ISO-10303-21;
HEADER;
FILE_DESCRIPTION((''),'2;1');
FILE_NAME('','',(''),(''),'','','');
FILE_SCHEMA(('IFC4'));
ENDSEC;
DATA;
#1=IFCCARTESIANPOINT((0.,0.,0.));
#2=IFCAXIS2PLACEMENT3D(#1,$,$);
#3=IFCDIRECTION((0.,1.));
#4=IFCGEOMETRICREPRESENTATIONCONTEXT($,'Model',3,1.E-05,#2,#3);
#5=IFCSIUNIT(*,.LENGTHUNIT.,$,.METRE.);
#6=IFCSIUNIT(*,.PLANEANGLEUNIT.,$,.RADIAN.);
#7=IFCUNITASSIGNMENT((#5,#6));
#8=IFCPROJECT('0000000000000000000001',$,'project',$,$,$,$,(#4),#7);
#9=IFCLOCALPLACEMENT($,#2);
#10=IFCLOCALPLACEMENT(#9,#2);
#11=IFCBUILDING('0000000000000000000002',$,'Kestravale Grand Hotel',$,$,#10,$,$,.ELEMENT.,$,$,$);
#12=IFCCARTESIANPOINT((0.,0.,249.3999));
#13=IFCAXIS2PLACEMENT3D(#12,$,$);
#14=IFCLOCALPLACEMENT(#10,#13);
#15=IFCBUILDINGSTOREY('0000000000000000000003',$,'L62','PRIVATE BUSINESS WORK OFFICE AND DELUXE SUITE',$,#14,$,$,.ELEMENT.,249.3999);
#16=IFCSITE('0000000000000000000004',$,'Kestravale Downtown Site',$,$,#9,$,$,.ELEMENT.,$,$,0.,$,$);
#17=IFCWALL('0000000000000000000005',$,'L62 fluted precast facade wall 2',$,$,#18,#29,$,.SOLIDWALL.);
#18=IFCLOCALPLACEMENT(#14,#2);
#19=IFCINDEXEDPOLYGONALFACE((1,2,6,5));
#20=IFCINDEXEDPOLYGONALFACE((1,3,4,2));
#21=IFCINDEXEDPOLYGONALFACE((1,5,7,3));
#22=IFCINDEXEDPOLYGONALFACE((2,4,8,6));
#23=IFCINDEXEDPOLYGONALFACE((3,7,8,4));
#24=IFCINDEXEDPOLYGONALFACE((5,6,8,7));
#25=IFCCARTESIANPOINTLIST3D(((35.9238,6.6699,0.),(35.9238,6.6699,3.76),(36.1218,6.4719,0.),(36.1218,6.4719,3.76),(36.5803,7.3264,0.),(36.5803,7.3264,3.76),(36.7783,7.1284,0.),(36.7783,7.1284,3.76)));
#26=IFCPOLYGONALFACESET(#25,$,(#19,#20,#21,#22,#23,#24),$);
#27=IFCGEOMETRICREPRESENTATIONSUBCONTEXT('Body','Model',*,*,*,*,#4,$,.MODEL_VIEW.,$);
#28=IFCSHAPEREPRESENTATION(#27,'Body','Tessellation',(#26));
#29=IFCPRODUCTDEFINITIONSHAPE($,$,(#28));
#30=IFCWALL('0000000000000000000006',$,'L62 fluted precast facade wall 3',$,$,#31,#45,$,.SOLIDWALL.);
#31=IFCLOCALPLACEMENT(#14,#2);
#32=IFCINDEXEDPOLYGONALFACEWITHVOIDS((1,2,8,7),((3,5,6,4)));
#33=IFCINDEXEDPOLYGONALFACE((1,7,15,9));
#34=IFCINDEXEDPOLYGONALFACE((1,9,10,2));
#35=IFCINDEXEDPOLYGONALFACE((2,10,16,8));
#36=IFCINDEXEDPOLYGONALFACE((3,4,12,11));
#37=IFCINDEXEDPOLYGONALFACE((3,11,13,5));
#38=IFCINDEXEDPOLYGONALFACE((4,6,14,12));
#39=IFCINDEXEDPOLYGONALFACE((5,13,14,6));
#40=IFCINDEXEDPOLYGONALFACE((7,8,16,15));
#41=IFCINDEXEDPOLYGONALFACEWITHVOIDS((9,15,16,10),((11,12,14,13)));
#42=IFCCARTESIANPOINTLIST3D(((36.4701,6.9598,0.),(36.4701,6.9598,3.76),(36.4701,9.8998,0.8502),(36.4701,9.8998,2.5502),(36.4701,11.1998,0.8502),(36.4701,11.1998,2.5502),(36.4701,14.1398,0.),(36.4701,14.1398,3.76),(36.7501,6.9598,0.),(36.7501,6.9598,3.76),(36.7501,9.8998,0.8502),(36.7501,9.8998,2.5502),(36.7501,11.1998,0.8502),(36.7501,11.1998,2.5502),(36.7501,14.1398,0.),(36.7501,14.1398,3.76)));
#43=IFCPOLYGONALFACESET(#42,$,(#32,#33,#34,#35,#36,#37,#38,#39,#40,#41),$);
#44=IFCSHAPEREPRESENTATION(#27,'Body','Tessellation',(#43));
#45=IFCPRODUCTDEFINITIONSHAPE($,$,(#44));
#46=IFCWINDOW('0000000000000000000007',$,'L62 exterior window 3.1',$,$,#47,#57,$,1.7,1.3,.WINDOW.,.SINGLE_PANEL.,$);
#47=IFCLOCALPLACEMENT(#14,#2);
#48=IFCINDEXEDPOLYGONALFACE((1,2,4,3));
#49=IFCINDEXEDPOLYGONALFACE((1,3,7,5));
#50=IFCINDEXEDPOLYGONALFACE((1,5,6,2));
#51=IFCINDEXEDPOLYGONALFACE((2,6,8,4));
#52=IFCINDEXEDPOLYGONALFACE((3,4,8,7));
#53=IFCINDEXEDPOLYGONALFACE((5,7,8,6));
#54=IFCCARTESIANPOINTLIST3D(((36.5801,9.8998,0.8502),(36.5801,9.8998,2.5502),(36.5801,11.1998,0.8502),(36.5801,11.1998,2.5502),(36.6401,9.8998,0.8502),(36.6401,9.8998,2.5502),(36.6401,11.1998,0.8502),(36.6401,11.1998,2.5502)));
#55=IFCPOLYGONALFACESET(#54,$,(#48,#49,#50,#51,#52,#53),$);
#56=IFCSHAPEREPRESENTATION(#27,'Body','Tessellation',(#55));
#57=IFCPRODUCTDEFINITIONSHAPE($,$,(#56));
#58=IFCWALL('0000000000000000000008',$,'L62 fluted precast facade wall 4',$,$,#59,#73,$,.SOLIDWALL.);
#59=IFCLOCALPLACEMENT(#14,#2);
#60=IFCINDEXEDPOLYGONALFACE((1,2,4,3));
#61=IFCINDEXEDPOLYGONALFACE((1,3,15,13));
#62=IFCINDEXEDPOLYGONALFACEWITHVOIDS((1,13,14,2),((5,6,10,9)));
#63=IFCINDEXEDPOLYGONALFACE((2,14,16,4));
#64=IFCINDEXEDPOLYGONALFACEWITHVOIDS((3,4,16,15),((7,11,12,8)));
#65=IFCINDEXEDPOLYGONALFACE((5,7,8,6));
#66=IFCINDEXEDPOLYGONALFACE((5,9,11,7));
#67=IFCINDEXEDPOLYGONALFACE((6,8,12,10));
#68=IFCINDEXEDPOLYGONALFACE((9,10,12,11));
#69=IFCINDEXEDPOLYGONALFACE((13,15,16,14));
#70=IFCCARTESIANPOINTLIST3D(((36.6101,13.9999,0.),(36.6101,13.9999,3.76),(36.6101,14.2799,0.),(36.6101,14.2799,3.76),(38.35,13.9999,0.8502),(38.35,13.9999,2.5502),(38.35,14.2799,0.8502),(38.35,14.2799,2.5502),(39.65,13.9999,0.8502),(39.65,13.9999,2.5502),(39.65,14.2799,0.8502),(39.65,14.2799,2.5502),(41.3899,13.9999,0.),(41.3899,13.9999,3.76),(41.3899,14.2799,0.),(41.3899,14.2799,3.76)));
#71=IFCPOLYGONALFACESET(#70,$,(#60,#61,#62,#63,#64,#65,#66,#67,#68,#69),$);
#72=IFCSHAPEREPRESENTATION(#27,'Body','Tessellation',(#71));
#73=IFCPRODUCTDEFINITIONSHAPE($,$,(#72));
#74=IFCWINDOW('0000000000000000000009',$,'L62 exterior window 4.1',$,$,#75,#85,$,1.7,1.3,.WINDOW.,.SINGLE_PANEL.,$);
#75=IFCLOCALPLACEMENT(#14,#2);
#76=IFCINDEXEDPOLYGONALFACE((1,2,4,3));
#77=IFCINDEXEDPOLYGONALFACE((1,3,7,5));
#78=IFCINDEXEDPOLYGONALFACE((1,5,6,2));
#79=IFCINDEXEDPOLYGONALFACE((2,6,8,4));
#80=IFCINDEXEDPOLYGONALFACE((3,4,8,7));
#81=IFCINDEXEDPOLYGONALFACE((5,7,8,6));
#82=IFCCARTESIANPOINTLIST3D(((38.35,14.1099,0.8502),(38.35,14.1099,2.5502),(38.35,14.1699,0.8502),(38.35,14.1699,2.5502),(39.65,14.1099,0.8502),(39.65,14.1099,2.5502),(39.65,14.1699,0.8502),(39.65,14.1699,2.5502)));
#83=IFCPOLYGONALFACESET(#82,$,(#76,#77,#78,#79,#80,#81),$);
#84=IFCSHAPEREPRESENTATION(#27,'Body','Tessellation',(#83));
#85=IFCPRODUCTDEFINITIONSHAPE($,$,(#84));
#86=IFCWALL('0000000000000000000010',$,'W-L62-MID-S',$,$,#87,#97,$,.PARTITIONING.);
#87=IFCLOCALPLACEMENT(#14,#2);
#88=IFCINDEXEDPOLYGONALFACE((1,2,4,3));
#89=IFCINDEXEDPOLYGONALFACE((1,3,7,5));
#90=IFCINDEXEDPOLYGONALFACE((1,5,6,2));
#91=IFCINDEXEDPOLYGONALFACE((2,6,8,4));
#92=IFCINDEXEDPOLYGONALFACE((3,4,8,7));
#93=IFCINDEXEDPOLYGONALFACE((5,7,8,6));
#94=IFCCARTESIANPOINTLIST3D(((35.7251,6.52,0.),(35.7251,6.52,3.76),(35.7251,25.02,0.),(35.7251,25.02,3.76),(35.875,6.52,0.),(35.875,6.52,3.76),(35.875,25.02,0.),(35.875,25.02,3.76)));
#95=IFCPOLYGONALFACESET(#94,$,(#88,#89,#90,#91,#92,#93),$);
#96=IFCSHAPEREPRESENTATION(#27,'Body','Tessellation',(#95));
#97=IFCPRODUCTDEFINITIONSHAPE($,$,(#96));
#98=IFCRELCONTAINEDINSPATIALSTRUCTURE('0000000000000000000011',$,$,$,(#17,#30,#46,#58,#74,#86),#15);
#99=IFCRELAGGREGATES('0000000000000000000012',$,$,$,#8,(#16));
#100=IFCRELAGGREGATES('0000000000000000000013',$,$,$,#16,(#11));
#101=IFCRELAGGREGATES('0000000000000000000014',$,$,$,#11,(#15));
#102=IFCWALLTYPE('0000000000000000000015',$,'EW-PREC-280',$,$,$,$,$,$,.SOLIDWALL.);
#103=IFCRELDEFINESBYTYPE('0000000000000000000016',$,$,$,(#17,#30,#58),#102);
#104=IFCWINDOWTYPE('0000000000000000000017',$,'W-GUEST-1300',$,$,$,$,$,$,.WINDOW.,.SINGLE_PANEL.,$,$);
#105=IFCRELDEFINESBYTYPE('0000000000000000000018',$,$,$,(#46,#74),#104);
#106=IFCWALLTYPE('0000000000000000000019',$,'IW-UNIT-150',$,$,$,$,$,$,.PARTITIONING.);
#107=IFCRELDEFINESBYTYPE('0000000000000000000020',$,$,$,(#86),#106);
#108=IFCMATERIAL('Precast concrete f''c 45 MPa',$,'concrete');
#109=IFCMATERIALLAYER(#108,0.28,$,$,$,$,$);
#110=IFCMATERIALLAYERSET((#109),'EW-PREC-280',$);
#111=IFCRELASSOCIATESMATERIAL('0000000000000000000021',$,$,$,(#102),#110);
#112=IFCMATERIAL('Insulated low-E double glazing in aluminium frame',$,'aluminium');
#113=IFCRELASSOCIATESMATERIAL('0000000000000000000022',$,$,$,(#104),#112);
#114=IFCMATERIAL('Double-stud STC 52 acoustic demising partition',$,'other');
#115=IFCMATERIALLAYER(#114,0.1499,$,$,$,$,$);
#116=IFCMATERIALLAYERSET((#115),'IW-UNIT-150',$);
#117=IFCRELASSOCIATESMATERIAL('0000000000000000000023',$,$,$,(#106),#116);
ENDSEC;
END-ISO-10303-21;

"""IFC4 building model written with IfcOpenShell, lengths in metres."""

from ifc_helpers import new_model, si_unit, direction, frame, frame_2d, origin, place, context, subcontext, project, spatial, rectangle, extrude, material, layer, layer_set, type_object, element, fill, save


model = new_model("IFC4")

# Units and contexts
model_context = context("Model", 3, precision=1e-05, world=origin(), true_north=direction((0.0, 1.0)))
body_context = subcontext(model_context, "Body", "Model", "MODEL_VIEW")
ifc_project = project(units=[si_unit("LENGTHUNIT", "METRE"), si_unit("PLANEANGLEUNIT", "RADIAN")], contexts=[model_context])

# Site, building, storey
site_placement = place(None, origin())
site = spatial("IfcSite", under=ifc_project, at=site_placement, Name="Kestravale Downtown Site", CompositionType="ELEMENT", RefElevation=0.0)
building_placement = place(site_placement, origin())
building = spatial("IfcBuilding", under=site, at=building_placement, Name="Kestravale Grand Hotel", CompositionType="ELEMENT")
storey_placement = place(building_placement, frame((0.0, 0.0, 249.3999)))
storey = spatial("IfcBuildingStorey", under=building, at=storey_placement, Name="L62", Description="PRIVATE BUSINESS WORK OFFICE AND DELUXE SUITE", CompositionType="ELEMENT", Elevation=249.3999)

# Wall
ifc_material_1 = material(Name="Precast concrete f'c 45 MPa", Category="concrete")
ifc_layer_1 = layer(ifc_material_1, 0.28)
ifc_layer_set_1 = layer_set([ifc_layer_1], Name="EW-PREC-280")
wall_type_1 = type_object("IfcWallType", Name="EW-PREC-280", PredefinedType="SOLIDWALL", material=ifc_layer_set_1)
wall_1_placement = place(storey_placement, frame((36.0227, 6.5708, 0.0), z_axis=(0.0, 0.0, 1.0), x_axis=(0.707107, 0.707107, 0.0)))
element("IfcWall", 1, at=wall_1_placement, inside=storey, type_object=wall_type_1, Name="L62 fluted precast facade wall 2", PredefinedType="SOLIDWALL", context=body_context, shape_type="SweptSolid", body=[
    extrude(rectangle(XDim=0.9285, YDim=0.28, at=frame_2d((0.4644, 0.0))), origin(), (0.0, 0.0, 1.0), 3.76),
])

# Walls, openings, windows
wall_2_placement = place(storey_placement, frame((36.6101, 6.96, 0.0), z_axis=(0.0, 0.0, 1.0), x_axis=(0.0, 1.0, 0.0)))
wall_2 = element("IfcWall", 2, at=wall_2_placement, inside=storey, type_object=wall_type_1, Name="L62 fluted precast facade wall 3", PredefinedType="SOLIDWALL", context=body_context, shape_type="SweptSolid", body=[
    extrude(rectangle(XDim=7.1799, YDim=0.28, at=frame_2d((3.5898, 0.0))), origin(), (0.0, 0.0, 1.0), 3.76),
])
opening_1_placement = place(wall_2_placement, frame((2.9399, 0.0, 0.8501)))
opening_1 = element("IfcOpeningElement", 3, at=opening_1_placement, cuts=wall_2, PredefinedType="OPENING", context=body_context, shape_type="SweptSolid", body=[
    extrude(rectangle(XDim=1.3, YDim=1.7, at=frame_2d((0.6499, 0.8501))), frame((0.0, 0.1499, 0.0), z_axis=(0.0, -1.0, 0.0), x_axis=(1.0, 0.0, 0.0)), (0.0, 0.0, 1.0), 0.3),
])
ifc_material_2 = material(Name="Insulated low-E double glazing in aluminium frame", Category="aluminium")
window_type = type_object("IfcWindowType", Name="W-GUEST-1300", PartitioningType="SINGLE_PANEL", PredefinedType="WINDOW", material=ifc_material_2)
window_1_placement = place(opening_1_placement, origin())
window_1 = element("IfcWindow", 4, at=window_1_placement, inside=storey, type_object=window_type, Name="L62 exterior window 3.1", OverallHeight=1.7, OverallWidth=1.3, PartitioningType="SINGLE_PANEL", PredefinedType="WINDOW", context=body_context, shape_type="SweptSolid", body=[
    extrude(rectangle(XDim=1.3, YDim=1.7, at=frame_2d((0.6499, 0.8501))), frame((0.0, 0.03, 0.0), z_axis=(0.0, -1.0, 0.0), x_axis=(1.0, 0.0, 0.0)), (0.0, 0.0, 1.0), 0.0601),
])
fill(opening_1, window_1)
wall_3_placement = place(storey_placement, frame((36.6101, 14.1399, 0.0), z_axis=(0.0, 0.0, 1.0), x_axis=(1.0, 0.0, 0.0)))
wall_3 = element("IfcWall", 5, at=wall_3_placement, inside=storey, type_object=wall_type_1, Name="L62 fluted precast facade wall 4", PredefinedType="SOLIDWALL", context=body_context, shape_type="SweptSolid", body=[
    extrude(rectangle(XDim=4.7798, YDim=0.28, at=frame_2d((2.3899, 0.0))), origin(), (0.0, 0.0, 1.0), 3.76),
])
opening_2_placement = place(wall_3_placement, frame((1.74, 0.0, 0.8501)))
opening_2 = element("IfcOpeningElement", 6, at=opening_2_placement, cuts=wall_3, PredefinedType="OPENING", context=body_context, shape_type="SweptSolid", body=[
    extrude(rectangle(XDim=1.3, YDim=1.7, at=frame_2d((0.6499, 0.8501))), frame((0.0, 0.1499, 0.0), z_axis=(0.0, -1.0, 0.0), x_axis=(1.0, 0.0, 0.0)), (0.0, 0.0, 1.0), 0.3),
])
window_2_placement = place(opening_2_placement, origin())
window_2 = element("IfcWindow", 7, at=window_2_placement, inside=storey, type_object=window_type, Name="L62 exterior window 4.1", OverallHeight=1.7, OverallWidth=1.3, PartitioningType="SINGLE_PANEL", PredefinedType="WINDOW", context=body_context, shape_type="SweptSolid", body=[
    extrude(rectangle(XDim=1.3, YDim=1.7, at=frame_2d((0.6499, 0.8501))), frame((0.0, 0.03, 0.0), z_axis=(0.0, -1.0, 0.0), x_axis=(1.0, 0.0, 0.0)), (0.0, 0.0, 1.0), 0.0601),
])
fill(opening_2, window_2)

# Wall
ifc_material_3 = material(Name="Double-stud STC 52 acoustic demising partition", Category="other")
ifc_layer_2 = layer(ifc_material_3, 0.1499)
ifc_layer_set_2 = layer_set([ifc_layer_2], Name="IW-UNIT-150")
wall_type_2 = type_object("IfcWallType", Name="IW-UNIT-150", PredefinedType="PARTITIONING", material=ifc_layer_set_2)
wall_4_placement = place(storey_placement, frame((35.8, 6.52, 0.0), z_axis=(0.0, 0.0, 1.0), x_axis=(0.0, 1.0, 0.0)))
element("IfcWall", 8, at=wall_4_placement, inside=storey, type_object=wall_type_2, Name="W-L62-MID-S", PredefinedType="PARTITIONING", context=body_context, shape_type="SweptSolid", body=[
    extrude(rectangle(XDim=18.5, YDim=0.1499, at=frame_2d((9.25, 0.0))), origin(), (0.0, 0.0, 1.0), 3.76),
])

save(model, "model.ifc")
